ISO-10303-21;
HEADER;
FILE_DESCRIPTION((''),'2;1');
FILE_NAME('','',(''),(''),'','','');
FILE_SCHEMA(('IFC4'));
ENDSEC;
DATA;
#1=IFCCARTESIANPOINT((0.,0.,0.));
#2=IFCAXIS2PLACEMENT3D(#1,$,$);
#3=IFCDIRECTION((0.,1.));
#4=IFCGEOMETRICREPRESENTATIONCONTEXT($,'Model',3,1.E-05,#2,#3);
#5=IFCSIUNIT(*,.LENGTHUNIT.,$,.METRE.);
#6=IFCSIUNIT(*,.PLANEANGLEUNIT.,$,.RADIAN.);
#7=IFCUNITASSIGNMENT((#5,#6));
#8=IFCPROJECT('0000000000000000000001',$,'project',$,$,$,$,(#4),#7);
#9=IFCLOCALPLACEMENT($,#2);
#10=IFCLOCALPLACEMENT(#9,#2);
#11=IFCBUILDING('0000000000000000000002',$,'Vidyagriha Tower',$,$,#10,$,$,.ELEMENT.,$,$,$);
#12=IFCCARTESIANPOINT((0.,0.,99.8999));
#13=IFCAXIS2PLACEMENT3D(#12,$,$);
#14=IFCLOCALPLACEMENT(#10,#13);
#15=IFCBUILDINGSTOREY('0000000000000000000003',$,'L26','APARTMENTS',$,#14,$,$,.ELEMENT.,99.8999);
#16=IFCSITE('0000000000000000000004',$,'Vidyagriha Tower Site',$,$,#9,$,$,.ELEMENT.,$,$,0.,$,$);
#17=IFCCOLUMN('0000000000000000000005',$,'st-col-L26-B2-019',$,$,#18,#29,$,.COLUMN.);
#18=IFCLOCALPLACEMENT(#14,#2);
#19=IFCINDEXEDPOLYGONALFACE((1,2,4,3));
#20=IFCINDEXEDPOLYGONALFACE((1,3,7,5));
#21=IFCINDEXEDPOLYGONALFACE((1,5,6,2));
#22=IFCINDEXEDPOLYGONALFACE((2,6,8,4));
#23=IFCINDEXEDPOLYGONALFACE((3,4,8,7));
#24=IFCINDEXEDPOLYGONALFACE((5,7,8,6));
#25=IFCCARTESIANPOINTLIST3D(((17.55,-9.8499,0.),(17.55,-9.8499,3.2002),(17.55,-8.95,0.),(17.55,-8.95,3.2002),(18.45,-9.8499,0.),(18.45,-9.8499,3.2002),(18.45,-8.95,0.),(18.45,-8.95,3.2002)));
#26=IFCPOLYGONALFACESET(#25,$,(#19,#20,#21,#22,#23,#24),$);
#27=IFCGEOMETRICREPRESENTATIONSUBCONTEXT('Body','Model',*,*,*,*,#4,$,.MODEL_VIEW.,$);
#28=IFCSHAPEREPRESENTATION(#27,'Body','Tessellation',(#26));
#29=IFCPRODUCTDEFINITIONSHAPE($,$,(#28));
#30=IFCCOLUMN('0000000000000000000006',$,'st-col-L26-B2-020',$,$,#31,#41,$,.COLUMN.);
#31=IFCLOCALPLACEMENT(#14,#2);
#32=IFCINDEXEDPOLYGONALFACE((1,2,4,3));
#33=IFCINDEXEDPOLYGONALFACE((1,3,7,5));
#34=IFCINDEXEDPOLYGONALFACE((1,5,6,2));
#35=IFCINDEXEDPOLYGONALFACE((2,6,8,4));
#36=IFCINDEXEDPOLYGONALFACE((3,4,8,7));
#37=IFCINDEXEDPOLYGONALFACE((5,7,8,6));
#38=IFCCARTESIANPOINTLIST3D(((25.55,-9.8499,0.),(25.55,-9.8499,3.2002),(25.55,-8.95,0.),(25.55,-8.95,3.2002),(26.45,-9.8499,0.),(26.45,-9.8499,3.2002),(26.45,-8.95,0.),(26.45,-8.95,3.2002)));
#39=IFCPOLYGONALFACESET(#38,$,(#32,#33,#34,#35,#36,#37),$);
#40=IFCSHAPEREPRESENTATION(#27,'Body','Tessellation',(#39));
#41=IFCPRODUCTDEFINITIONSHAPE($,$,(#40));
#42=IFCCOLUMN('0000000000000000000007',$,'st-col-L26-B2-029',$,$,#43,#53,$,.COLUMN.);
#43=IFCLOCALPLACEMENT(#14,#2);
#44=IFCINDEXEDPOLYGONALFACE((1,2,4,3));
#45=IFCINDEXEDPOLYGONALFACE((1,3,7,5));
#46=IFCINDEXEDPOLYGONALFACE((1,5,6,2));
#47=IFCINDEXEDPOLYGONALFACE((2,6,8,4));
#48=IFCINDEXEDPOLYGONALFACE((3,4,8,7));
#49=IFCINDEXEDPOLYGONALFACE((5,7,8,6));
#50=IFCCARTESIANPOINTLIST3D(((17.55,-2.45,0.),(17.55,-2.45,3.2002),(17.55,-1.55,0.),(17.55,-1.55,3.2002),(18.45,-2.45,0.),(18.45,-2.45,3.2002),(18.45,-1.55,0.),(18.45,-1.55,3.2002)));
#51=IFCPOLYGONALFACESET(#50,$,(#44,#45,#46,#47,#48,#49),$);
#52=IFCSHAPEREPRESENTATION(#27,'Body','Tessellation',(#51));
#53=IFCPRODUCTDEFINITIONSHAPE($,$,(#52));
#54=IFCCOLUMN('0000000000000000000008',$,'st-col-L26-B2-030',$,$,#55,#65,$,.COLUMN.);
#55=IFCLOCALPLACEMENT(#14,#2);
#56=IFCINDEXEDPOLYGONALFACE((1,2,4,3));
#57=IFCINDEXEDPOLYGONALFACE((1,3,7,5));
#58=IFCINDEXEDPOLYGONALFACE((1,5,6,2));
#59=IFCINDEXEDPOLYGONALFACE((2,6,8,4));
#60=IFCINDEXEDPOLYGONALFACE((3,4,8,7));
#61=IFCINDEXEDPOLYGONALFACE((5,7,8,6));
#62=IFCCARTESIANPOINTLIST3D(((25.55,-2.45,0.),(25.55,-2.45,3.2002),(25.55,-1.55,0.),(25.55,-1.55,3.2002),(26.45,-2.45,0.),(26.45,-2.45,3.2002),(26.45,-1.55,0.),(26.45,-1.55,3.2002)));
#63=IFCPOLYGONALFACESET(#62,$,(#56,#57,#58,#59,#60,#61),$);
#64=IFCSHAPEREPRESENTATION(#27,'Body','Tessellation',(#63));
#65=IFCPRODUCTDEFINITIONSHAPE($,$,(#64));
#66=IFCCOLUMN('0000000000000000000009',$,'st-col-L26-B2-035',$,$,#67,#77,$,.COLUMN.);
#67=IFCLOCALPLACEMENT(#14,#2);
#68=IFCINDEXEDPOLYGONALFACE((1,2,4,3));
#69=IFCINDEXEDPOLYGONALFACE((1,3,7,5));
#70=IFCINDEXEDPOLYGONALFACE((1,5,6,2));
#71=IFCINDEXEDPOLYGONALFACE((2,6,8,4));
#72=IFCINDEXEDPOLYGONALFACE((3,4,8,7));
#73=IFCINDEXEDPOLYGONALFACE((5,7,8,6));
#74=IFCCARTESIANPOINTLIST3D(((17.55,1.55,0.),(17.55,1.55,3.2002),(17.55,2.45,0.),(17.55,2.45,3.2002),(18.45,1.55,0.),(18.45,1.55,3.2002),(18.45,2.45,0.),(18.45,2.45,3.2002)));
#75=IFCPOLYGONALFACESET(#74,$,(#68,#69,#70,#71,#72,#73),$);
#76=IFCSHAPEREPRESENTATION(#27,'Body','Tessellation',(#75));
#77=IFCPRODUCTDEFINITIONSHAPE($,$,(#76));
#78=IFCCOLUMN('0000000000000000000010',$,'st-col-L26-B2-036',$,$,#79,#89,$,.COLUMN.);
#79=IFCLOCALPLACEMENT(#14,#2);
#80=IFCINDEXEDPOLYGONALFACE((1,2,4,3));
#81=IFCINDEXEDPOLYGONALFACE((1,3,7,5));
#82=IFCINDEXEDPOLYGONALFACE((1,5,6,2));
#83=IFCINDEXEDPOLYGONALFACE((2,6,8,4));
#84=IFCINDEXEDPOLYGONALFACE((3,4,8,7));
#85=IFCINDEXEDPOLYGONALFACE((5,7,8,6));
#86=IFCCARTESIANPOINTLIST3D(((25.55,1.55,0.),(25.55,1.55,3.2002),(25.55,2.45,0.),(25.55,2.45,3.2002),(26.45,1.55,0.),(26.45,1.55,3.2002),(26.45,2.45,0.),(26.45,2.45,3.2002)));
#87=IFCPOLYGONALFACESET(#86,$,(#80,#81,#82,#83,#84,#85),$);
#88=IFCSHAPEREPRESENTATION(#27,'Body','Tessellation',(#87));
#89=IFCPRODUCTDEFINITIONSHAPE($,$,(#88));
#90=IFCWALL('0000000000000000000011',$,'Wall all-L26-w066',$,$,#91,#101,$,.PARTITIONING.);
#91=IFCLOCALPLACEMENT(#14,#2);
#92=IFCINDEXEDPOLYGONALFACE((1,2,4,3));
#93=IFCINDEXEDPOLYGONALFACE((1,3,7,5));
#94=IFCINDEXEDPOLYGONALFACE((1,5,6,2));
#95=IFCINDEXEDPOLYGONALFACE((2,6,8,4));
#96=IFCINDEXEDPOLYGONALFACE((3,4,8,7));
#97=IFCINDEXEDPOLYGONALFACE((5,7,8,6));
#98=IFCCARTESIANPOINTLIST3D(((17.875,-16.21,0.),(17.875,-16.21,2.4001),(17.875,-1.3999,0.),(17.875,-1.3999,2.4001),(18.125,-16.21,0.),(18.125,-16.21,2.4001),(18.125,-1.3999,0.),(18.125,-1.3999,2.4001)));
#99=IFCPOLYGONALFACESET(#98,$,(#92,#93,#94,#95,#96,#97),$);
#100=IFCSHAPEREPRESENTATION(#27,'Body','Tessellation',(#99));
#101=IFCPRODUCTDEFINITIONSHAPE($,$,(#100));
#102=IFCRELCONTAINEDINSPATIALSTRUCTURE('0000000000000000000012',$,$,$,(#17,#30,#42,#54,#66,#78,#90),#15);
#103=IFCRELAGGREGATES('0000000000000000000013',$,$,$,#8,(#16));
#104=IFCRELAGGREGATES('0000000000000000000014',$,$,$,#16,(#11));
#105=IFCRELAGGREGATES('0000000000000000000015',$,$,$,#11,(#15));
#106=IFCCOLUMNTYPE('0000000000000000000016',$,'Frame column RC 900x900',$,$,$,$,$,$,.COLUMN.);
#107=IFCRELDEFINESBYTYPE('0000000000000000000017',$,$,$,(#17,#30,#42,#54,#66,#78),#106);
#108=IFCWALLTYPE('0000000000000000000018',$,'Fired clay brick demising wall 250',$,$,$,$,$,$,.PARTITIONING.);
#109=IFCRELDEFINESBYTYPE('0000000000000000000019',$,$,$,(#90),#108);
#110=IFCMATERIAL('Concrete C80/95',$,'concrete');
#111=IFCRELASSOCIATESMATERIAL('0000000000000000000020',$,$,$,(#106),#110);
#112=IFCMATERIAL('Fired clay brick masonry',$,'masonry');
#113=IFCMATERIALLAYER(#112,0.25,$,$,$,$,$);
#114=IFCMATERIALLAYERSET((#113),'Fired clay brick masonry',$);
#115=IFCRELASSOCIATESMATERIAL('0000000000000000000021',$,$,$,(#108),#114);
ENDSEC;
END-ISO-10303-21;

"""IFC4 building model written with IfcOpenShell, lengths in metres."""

from ifc_helpers import new_model, si_unit, direction, frame, frame_2d, origin, origin_2d, place, context, subcontext, project, spatial, rectangle, extrude, material, layer, layer_set, material_profile, profile_set, type_object, element, save


model = new_model("IFC4")

# Units and contexts
model_context = context("Model", 3, precision=1e-05, world=origin(), true_north=direction((0.0, 1.0)))
body_context = subcontext(model_context, "Body", "Model", "MODEL_VIEW")
ifc_project = project(units=[si_unit("LENGTHUNIT", "METRE"), si_unit("PLANEANGLEUNIT", "RADIAN")], contexts=[model_context])

# Site, building, storey
site_placement = place(None, origin())
site = spatial("IfcSite", under=ifc_project, at=site_placement, Name="Vidyagriha Tower Site", CompositionType="ELEMENT", RefElevation=0.0)
building_placement = place(site_placement, origin())
building = spatial("IfcBuilding", under=site, at=building_placement, Name="Vidyagriha Tower", CompositionType="ELEMENT")
storey_placement = place(building_placement, frame((0.0, 0.0, 99.8999)))
storey = spatial("IfcBuildingStorey", under=building, at=storey_placement, Name="L26", Description="APARTMENTS", CompositionType="ELEMENT", Elevation=99.8999)

# Columns
ifc_material_1 = material(Name="Concrete C80/95", Category="concrete")
ifc_material_profile = material_profile(ifc_material_1, rectangle(XDim=0.8999, YDim=0.8999, at=origin_2d()), Name="RC 900x900")
ifc_profile_set = profile_set([ifc_material_profile], Name="Concrete C80/95")
column_type = type_object("IfcColumnType", Name="Frame column RC 900x900", PredefinedType="COLUMN", material=ifc_profile_set)
for number, where, name in (
    (1, (18.0, -9.3999, 0.0), "st-col-L26-B2-019"),
    (2, (26.0, -9.3999, 0.0), "st-col-L26-B2-020"),
    (3, (18.0, -2.0, 0.0), "st-col-L26-B2-029"),
    (4, (26.0, -2.0, 0.0), "st-col-L26-B2-030"),
    (5, (18.0, 2.0, 0.0), "st-col-L26-B2-035"),
    (6, (26.0, 2.0, 0.0), "st-col-L26-B2-036"),
):
    element("IfcColumn", number, at=place(storey_placement, frame(where)), inside=storey, type_object=column_type, Name=name, PredefinedType="COLUMN", context=body_context, shape_type="SweptSolid", body=[
        extrude(rectangle(XDim=0.8999, YDim=0.8999, at=origin_2d()), origin(), (0.0, 0.0, 1.0), 3.2002),
    ])

# Wall
ifc_material_2 = material(Name="Fired clay brick masonry", Category="masonry")
ifc_layer_1 = layer(ifc_material_2, 0.25)
ifc_layer_set_1 = layer_set([ifc_layer_1], Name="Fired clay brick masonry")
wall_type_1 = type_object("IfcWallType", Name="Fired clay brick demising wall 250", PredefinedType="PARTITIONING", material=ifc_layer_set_1)
wall_1_placement = place(storey_placement, frame((18.0, -1.3999, 0.0), z_axis=(0.0, 0.0, 1.0), x_axis=(0.0, -1.0, 0.0)))
element("IfcWall", 7, at=wall_1_placement, inside=storey, type_object=wall_type_1, Name="Wall all-L26-w066", PredefinedType="PARTITIONING", context=body_context, shape_type="SweptSolid", body=[
    extrude(rectangle(XDim=14.8101, YDim=0.25, at=frame_2d((7.405, 0.0))), origin(), (0.0, 0.0, 1.0), 2.4001),
])

save(model, "model.ifc")
